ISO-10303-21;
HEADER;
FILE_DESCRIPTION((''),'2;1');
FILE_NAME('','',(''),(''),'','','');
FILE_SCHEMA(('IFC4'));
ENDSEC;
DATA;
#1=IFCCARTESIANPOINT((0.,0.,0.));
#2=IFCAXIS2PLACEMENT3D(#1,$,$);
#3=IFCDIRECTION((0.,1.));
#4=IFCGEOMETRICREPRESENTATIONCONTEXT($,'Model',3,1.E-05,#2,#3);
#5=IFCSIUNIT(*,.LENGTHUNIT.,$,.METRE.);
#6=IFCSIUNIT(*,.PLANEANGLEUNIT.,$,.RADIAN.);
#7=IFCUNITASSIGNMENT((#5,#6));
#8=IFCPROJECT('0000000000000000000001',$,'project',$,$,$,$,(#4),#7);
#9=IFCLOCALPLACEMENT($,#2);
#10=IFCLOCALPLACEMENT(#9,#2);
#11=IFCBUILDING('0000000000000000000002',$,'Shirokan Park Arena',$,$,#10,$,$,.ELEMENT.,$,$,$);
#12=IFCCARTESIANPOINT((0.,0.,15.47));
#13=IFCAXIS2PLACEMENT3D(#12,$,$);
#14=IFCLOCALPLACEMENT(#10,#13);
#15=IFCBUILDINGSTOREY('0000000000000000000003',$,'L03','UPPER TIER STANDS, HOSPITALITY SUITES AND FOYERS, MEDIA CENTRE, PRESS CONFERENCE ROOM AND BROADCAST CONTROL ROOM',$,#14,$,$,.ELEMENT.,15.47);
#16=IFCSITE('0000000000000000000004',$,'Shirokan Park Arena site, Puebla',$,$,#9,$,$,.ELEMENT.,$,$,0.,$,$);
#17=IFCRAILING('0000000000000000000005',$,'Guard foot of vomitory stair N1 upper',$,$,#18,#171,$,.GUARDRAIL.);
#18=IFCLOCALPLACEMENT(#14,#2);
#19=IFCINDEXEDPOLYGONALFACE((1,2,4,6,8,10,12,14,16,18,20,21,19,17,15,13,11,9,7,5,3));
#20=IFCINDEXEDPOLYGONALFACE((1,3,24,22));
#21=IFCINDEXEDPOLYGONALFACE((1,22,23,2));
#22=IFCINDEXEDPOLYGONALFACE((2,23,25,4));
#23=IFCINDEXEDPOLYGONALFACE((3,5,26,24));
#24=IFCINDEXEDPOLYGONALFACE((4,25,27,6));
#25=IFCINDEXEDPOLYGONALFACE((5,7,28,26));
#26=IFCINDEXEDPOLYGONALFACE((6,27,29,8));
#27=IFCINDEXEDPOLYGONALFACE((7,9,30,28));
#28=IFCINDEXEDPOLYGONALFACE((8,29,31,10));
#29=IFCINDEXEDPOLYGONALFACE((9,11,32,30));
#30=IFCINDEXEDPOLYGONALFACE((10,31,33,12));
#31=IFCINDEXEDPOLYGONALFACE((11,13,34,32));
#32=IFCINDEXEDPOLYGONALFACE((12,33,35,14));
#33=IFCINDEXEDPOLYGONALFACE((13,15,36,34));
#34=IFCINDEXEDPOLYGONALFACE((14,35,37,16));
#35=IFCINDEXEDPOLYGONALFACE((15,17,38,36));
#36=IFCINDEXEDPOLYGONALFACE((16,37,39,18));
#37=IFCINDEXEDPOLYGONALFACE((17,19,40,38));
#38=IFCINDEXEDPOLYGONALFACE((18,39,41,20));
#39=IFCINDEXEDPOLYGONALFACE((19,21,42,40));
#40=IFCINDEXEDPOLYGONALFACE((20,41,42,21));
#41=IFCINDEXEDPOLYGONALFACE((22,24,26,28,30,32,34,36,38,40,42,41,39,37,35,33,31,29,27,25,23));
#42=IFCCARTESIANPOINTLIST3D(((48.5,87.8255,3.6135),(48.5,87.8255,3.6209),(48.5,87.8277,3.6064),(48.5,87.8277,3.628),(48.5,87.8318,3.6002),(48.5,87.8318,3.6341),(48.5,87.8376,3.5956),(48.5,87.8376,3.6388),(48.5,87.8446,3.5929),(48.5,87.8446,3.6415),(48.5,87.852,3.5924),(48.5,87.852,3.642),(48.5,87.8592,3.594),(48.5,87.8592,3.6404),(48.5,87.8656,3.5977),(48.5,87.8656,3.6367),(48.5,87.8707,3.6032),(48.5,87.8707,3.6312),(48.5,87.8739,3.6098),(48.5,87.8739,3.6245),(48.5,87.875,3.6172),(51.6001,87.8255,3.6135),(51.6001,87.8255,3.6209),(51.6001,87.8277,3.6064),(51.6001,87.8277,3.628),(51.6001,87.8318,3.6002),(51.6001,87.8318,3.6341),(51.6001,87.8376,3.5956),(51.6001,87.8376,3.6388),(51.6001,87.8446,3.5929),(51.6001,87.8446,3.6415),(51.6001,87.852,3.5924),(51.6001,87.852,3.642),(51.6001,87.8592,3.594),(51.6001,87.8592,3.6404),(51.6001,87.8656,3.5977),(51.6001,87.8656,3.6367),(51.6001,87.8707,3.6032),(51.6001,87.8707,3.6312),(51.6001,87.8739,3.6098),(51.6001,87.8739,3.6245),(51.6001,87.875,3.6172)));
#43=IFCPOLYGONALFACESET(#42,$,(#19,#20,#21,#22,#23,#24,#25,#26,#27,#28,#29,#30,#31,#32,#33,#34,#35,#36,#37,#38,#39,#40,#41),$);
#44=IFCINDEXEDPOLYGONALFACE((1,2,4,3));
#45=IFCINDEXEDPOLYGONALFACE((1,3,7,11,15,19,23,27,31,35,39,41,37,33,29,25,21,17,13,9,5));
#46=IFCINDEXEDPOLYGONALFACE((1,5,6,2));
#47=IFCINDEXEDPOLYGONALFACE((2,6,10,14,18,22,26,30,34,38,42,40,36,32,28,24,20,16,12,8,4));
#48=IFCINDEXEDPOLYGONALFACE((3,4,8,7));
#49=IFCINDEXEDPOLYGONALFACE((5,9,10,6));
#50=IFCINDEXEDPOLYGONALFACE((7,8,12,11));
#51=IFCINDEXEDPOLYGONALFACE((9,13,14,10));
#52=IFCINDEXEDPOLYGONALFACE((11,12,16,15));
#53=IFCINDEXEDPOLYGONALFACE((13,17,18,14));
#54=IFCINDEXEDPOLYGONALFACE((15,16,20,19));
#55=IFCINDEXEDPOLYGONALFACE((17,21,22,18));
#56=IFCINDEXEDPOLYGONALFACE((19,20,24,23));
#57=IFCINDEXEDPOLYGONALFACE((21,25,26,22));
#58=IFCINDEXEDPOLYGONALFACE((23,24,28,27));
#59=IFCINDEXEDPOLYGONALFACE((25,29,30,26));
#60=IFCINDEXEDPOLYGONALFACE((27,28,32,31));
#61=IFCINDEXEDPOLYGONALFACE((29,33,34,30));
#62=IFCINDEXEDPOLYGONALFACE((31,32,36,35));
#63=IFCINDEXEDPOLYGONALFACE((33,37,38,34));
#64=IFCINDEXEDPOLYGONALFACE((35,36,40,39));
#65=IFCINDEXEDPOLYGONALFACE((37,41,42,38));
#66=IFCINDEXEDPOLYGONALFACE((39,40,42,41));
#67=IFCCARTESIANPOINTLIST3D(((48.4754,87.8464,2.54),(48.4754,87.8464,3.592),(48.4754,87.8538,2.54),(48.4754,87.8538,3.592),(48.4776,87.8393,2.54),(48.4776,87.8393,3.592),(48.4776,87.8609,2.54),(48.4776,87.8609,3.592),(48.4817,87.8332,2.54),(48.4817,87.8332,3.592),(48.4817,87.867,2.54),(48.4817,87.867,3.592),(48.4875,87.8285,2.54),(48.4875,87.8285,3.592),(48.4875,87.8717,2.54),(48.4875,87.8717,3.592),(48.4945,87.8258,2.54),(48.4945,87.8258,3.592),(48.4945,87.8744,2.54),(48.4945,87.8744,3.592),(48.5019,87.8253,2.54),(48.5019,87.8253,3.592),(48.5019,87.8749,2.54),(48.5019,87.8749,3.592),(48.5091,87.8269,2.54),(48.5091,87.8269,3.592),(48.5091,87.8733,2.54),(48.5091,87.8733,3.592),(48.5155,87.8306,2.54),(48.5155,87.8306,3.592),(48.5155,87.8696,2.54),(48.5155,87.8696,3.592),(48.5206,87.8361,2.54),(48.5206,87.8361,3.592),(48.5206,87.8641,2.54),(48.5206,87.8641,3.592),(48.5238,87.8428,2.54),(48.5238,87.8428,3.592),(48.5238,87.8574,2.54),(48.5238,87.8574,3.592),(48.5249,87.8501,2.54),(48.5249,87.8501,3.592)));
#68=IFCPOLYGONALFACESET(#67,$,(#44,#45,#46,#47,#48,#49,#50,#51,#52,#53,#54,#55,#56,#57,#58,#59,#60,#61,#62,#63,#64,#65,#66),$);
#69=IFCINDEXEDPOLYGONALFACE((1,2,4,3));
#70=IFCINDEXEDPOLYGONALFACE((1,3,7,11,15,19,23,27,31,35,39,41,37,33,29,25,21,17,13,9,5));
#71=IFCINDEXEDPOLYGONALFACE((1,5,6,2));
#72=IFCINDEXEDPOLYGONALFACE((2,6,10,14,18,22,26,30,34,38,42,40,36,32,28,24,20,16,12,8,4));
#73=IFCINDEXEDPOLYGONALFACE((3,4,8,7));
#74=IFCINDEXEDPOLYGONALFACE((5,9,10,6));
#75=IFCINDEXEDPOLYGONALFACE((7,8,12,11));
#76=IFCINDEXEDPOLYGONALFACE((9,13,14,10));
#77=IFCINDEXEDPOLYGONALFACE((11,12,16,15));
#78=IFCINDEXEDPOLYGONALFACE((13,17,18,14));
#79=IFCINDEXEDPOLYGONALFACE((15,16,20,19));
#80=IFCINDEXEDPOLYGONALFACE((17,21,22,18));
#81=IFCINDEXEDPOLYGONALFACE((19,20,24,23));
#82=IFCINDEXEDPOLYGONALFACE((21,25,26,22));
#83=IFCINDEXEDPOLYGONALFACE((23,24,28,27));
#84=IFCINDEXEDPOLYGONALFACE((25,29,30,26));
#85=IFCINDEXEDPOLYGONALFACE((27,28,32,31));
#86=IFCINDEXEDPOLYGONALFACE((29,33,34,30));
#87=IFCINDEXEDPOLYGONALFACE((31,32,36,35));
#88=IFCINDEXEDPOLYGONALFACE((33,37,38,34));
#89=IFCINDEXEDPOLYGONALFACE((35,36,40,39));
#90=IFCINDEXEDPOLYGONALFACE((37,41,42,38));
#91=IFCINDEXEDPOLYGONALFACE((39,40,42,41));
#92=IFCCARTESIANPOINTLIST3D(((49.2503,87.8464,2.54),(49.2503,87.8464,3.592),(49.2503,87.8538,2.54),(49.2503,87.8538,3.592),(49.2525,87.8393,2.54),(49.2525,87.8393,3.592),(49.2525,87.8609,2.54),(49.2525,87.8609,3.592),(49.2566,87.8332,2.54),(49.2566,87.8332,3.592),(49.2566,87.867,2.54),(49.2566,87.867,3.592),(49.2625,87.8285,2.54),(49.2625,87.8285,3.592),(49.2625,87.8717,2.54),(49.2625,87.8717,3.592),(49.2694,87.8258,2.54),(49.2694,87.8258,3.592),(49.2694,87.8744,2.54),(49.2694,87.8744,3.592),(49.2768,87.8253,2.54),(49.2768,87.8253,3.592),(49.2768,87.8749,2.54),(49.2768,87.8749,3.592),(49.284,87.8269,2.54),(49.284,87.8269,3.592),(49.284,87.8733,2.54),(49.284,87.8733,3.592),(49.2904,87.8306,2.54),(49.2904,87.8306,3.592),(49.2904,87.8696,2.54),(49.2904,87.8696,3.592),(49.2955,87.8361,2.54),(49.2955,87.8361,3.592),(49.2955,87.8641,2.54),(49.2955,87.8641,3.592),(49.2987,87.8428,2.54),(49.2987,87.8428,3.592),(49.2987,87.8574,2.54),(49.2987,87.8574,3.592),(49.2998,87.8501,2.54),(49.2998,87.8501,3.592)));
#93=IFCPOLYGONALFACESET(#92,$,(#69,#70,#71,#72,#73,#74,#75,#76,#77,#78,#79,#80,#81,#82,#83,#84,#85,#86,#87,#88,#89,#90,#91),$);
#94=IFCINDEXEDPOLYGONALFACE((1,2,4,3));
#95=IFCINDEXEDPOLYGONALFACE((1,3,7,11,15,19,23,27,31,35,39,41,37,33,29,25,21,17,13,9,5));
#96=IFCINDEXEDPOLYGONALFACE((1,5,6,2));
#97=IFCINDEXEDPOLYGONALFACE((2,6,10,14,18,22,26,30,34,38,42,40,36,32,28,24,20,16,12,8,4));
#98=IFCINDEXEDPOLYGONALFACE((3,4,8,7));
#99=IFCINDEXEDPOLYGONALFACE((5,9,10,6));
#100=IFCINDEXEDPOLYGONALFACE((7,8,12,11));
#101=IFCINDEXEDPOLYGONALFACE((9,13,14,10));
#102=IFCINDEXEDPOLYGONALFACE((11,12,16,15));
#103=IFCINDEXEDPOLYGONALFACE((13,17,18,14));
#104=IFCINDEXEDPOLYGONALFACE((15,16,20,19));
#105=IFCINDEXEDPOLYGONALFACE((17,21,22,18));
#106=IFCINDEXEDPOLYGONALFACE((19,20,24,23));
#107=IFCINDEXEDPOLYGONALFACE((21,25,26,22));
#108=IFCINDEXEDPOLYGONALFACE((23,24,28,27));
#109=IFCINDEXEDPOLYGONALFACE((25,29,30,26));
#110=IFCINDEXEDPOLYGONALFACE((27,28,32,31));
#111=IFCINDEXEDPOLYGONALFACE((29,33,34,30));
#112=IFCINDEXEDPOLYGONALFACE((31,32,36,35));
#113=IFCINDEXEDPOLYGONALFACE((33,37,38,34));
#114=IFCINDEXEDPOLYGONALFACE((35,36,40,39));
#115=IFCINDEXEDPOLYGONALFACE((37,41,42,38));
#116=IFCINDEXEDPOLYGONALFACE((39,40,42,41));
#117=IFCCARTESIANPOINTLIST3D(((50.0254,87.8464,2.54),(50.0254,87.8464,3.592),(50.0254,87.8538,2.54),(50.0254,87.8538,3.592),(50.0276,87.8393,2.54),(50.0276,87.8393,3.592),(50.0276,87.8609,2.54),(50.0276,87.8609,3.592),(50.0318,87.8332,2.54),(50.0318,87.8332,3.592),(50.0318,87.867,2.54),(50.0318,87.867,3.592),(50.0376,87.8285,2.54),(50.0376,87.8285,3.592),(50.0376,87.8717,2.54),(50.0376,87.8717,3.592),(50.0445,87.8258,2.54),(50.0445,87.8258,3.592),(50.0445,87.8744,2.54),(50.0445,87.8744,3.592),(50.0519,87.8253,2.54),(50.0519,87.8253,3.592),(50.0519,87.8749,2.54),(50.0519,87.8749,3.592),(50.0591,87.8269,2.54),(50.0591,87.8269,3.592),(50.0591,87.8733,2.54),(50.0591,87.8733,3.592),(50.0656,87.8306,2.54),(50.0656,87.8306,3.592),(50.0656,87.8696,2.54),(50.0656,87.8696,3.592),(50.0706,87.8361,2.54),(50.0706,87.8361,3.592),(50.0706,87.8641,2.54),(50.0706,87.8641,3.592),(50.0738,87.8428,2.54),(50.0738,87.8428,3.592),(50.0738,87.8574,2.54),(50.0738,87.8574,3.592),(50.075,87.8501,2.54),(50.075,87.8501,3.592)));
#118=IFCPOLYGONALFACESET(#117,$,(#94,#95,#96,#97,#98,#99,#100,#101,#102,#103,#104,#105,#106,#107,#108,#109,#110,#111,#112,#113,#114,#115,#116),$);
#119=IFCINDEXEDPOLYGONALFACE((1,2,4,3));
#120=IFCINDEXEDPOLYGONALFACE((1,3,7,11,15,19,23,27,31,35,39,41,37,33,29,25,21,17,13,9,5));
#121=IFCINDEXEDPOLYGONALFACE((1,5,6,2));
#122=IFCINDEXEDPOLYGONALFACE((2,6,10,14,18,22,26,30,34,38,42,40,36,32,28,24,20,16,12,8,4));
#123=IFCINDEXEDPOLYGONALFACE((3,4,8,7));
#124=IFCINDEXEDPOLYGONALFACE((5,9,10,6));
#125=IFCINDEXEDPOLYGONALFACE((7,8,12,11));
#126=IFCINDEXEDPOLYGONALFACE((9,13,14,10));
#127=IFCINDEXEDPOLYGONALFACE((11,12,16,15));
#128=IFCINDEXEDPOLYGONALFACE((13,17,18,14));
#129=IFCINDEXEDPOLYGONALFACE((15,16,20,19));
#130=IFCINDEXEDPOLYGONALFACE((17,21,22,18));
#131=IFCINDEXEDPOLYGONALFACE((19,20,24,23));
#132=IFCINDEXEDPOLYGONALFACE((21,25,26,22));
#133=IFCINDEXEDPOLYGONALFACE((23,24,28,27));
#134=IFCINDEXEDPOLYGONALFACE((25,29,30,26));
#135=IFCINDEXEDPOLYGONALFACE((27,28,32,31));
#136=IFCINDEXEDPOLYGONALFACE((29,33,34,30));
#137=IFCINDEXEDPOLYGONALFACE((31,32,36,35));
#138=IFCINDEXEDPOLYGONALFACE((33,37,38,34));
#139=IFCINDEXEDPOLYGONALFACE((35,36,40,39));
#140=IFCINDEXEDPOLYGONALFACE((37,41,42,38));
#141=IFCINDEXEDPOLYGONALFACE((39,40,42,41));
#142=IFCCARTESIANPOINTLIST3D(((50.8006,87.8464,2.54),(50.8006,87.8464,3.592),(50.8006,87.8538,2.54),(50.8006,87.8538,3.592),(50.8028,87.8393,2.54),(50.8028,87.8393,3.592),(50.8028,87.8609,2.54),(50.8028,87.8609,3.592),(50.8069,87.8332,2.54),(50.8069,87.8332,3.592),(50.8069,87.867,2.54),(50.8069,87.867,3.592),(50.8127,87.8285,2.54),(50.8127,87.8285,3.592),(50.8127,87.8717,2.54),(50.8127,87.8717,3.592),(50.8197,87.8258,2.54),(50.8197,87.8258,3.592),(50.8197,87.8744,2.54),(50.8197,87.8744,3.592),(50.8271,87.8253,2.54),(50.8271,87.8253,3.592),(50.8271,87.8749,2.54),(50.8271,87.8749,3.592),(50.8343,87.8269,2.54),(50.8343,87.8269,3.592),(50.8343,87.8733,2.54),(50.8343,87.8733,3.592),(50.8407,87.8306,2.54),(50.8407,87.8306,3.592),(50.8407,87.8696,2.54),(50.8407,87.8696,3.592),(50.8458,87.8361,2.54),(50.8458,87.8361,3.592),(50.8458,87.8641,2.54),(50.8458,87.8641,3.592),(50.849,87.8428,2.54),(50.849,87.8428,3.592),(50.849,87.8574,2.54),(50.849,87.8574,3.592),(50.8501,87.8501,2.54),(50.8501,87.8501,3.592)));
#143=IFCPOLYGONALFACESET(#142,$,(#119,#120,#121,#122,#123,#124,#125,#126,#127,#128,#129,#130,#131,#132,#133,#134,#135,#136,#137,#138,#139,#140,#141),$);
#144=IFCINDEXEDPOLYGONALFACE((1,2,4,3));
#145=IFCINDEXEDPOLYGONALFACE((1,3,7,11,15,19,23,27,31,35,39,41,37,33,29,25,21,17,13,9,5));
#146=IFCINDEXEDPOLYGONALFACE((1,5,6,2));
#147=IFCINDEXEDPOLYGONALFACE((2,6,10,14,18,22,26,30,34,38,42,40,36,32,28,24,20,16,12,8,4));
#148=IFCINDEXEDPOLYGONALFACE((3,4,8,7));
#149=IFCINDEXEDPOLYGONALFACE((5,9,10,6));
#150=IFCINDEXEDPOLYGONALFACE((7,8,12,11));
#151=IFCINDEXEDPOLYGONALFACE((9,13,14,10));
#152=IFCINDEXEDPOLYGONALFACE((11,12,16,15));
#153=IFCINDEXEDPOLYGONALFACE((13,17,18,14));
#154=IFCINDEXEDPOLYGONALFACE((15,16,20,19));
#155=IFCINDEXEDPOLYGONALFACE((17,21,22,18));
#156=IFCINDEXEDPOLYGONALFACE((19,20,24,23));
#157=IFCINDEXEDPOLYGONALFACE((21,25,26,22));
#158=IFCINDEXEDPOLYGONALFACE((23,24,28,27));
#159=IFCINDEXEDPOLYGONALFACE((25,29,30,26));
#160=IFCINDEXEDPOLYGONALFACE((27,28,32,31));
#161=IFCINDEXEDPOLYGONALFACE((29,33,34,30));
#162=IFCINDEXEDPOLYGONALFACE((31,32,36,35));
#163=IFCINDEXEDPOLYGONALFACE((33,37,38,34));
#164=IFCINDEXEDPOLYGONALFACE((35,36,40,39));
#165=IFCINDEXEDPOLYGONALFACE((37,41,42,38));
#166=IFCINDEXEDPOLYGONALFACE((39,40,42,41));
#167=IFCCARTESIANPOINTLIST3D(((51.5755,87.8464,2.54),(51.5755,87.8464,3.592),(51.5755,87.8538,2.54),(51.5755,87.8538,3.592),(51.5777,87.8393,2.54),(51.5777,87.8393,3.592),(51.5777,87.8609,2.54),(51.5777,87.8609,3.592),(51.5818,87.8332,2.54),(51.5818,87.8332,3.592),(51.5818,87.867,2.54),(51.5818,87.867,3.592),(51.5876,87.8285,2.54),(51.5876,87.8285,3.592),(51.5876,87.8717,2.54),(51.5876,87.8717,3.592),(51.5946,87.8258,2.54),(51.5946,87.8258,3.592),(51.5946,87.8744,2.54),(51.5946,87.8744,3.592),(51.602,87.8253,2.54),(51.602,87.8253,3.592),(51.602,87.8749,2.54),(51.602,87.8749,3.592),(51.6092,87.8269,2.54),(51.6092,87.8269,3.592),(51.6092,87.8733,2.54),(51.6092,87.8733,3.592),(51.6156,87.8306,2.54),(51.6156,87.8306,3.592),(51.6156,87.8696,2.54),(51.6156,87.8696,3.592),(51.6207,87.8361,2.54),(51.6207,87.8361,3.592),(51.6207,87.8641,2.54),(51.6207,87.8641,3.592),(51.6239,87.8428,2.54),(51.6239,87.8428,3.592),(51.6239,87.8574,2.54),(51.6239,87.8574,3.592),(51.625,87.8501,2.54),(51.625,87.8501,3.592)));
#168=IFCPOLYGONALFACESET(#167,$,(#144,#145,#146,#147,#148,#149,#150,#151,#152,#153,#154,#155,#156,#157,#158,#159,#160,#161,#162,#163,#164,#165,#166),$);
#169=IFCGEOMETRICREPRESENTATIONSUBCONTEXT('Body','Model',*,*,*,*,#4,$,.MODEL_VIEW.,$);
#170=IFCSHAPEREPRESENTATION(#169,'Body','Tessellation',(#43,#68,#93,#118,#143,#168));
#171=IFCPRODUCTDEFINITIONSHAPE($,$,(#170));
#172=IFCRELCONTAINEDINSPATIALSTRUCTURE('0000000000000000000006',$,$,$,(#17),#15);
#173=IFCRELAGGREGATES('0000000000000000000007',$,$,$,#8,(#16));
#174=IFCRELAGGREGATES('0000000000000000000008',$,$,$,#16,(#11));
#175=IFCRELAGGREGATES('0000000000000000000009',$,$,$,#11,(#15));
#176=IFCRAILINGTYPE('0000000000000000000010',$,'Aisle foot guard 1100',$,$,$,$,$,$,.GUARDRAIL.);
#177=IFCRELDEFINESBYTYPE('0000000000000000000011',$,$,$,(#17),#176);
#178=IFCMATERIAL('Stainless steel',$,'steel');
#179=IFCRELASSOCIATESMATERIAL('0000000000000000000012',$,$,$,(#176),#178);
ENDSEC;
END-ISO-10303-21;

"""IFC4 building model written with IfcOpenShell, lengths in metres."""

from ifc_helpers import new_model, si_unit, direction, frame, origin, origin_2d, place, context, subcontext, project, spatial, circle, extrude, material, type_object, element, save


model = new_model("IFC4")

# Units and contexts
model_context = context("Model", 3, precision=1e-05, world=origin(), true_north=direction((0.0, 1.0)))
body_context = subcontext(model_context, "Body", "Model", "MODEL_VIEW")
ifc_project = project(units=[si_unit("LENGTHUNIT", "METRE"), si_unit("PLANEANGLEUNIT", "RADIAN")], contexts=[model_context])

# Site, building, storey
site_placement = place(None, origin())
site = spatial("IfcSite", under=ifc_project, at=site_placement, Name="Shirokan Park Arena site, Puebla", CompositionType="ELEMENT", RefElevation=0.0)
building_placement = place(site_placement, origin())
building = spatial("IfcBuilding", under=site, at=building_placement, Name="Shirokan Park Arena", CompositionType="ELEMENT")
storey_placement = place(building_placement, frame((0.0, 0.0, 15.47)))
storey = spatial("IfcBuildingStorey", under=building, at=storey_placement, Name="L03", Description="UPPER TIER STANDS, HOSPITALITY SUITES AND FOYERS, MEDIA CENTRE, PRESS CONFERENCE ROOM AND BROADCAST CONTROL ROOM", CompositionType="ELEMENT", Elevation=15.47)

# Railing
ifc_material_1 = material(Name="Stainless steel", Category="steel")
railing_type_1 = type_object("IfcRailingType", Name="Aisle foot guard 1100", PredefinedType="GUARDRAIL", material=ifc_material_1)
railing_1_placement = place(storey_placement, frame((48.5, 87.8501, 2.54)))
element("IfcRailing", 1, at=railing_1_placement, inside=storey, type_object=railing_type_1, Name="Guard foot of vomitory stair N1 upper", PredefinedType="GUARDRAIL", context=body_context, shape_type="SweptSolid", body=[
    extrude(circle(Radius=0.0249, at=origin_2d()), frame((0.0, 0.0, 1.0771), z_axis=(1.0, 0.0, 0.0), x_axis=(0.0, 1.0, 0.0)), (0.0, 0.0, 1.0), 3.1001),
    extrude(circle(Radius=0.0249, at=origin_2d()), origin(), (0.0, 0.0, 1.0), 1.052),
    extrude(circle(Radius=0.0249, at=origin_2d()), frame((0.7749, 0.0, 0.0)), (0.0, 0.0, 1.0), 1.052),
    extrude(circle(Radius=0.0249, at=origin_2d()), frame((1.55, 0.0, 0.0)), (0.0, 0.0, 1.0), 1.052),
    extrude(circle(Radius=0.0249, at=origin_2d()), frame((2.3252, 0.0, 0.0)), (0.0, 0.0, 1.0), 1.052),
    extrude(circle(Radius=0.0249, at=origin_2d()), frame((3.1001, 0.0, 0.0)), (0.0, 0.0, 1.0), 1.052),
])

save(model, "model.ifc")
